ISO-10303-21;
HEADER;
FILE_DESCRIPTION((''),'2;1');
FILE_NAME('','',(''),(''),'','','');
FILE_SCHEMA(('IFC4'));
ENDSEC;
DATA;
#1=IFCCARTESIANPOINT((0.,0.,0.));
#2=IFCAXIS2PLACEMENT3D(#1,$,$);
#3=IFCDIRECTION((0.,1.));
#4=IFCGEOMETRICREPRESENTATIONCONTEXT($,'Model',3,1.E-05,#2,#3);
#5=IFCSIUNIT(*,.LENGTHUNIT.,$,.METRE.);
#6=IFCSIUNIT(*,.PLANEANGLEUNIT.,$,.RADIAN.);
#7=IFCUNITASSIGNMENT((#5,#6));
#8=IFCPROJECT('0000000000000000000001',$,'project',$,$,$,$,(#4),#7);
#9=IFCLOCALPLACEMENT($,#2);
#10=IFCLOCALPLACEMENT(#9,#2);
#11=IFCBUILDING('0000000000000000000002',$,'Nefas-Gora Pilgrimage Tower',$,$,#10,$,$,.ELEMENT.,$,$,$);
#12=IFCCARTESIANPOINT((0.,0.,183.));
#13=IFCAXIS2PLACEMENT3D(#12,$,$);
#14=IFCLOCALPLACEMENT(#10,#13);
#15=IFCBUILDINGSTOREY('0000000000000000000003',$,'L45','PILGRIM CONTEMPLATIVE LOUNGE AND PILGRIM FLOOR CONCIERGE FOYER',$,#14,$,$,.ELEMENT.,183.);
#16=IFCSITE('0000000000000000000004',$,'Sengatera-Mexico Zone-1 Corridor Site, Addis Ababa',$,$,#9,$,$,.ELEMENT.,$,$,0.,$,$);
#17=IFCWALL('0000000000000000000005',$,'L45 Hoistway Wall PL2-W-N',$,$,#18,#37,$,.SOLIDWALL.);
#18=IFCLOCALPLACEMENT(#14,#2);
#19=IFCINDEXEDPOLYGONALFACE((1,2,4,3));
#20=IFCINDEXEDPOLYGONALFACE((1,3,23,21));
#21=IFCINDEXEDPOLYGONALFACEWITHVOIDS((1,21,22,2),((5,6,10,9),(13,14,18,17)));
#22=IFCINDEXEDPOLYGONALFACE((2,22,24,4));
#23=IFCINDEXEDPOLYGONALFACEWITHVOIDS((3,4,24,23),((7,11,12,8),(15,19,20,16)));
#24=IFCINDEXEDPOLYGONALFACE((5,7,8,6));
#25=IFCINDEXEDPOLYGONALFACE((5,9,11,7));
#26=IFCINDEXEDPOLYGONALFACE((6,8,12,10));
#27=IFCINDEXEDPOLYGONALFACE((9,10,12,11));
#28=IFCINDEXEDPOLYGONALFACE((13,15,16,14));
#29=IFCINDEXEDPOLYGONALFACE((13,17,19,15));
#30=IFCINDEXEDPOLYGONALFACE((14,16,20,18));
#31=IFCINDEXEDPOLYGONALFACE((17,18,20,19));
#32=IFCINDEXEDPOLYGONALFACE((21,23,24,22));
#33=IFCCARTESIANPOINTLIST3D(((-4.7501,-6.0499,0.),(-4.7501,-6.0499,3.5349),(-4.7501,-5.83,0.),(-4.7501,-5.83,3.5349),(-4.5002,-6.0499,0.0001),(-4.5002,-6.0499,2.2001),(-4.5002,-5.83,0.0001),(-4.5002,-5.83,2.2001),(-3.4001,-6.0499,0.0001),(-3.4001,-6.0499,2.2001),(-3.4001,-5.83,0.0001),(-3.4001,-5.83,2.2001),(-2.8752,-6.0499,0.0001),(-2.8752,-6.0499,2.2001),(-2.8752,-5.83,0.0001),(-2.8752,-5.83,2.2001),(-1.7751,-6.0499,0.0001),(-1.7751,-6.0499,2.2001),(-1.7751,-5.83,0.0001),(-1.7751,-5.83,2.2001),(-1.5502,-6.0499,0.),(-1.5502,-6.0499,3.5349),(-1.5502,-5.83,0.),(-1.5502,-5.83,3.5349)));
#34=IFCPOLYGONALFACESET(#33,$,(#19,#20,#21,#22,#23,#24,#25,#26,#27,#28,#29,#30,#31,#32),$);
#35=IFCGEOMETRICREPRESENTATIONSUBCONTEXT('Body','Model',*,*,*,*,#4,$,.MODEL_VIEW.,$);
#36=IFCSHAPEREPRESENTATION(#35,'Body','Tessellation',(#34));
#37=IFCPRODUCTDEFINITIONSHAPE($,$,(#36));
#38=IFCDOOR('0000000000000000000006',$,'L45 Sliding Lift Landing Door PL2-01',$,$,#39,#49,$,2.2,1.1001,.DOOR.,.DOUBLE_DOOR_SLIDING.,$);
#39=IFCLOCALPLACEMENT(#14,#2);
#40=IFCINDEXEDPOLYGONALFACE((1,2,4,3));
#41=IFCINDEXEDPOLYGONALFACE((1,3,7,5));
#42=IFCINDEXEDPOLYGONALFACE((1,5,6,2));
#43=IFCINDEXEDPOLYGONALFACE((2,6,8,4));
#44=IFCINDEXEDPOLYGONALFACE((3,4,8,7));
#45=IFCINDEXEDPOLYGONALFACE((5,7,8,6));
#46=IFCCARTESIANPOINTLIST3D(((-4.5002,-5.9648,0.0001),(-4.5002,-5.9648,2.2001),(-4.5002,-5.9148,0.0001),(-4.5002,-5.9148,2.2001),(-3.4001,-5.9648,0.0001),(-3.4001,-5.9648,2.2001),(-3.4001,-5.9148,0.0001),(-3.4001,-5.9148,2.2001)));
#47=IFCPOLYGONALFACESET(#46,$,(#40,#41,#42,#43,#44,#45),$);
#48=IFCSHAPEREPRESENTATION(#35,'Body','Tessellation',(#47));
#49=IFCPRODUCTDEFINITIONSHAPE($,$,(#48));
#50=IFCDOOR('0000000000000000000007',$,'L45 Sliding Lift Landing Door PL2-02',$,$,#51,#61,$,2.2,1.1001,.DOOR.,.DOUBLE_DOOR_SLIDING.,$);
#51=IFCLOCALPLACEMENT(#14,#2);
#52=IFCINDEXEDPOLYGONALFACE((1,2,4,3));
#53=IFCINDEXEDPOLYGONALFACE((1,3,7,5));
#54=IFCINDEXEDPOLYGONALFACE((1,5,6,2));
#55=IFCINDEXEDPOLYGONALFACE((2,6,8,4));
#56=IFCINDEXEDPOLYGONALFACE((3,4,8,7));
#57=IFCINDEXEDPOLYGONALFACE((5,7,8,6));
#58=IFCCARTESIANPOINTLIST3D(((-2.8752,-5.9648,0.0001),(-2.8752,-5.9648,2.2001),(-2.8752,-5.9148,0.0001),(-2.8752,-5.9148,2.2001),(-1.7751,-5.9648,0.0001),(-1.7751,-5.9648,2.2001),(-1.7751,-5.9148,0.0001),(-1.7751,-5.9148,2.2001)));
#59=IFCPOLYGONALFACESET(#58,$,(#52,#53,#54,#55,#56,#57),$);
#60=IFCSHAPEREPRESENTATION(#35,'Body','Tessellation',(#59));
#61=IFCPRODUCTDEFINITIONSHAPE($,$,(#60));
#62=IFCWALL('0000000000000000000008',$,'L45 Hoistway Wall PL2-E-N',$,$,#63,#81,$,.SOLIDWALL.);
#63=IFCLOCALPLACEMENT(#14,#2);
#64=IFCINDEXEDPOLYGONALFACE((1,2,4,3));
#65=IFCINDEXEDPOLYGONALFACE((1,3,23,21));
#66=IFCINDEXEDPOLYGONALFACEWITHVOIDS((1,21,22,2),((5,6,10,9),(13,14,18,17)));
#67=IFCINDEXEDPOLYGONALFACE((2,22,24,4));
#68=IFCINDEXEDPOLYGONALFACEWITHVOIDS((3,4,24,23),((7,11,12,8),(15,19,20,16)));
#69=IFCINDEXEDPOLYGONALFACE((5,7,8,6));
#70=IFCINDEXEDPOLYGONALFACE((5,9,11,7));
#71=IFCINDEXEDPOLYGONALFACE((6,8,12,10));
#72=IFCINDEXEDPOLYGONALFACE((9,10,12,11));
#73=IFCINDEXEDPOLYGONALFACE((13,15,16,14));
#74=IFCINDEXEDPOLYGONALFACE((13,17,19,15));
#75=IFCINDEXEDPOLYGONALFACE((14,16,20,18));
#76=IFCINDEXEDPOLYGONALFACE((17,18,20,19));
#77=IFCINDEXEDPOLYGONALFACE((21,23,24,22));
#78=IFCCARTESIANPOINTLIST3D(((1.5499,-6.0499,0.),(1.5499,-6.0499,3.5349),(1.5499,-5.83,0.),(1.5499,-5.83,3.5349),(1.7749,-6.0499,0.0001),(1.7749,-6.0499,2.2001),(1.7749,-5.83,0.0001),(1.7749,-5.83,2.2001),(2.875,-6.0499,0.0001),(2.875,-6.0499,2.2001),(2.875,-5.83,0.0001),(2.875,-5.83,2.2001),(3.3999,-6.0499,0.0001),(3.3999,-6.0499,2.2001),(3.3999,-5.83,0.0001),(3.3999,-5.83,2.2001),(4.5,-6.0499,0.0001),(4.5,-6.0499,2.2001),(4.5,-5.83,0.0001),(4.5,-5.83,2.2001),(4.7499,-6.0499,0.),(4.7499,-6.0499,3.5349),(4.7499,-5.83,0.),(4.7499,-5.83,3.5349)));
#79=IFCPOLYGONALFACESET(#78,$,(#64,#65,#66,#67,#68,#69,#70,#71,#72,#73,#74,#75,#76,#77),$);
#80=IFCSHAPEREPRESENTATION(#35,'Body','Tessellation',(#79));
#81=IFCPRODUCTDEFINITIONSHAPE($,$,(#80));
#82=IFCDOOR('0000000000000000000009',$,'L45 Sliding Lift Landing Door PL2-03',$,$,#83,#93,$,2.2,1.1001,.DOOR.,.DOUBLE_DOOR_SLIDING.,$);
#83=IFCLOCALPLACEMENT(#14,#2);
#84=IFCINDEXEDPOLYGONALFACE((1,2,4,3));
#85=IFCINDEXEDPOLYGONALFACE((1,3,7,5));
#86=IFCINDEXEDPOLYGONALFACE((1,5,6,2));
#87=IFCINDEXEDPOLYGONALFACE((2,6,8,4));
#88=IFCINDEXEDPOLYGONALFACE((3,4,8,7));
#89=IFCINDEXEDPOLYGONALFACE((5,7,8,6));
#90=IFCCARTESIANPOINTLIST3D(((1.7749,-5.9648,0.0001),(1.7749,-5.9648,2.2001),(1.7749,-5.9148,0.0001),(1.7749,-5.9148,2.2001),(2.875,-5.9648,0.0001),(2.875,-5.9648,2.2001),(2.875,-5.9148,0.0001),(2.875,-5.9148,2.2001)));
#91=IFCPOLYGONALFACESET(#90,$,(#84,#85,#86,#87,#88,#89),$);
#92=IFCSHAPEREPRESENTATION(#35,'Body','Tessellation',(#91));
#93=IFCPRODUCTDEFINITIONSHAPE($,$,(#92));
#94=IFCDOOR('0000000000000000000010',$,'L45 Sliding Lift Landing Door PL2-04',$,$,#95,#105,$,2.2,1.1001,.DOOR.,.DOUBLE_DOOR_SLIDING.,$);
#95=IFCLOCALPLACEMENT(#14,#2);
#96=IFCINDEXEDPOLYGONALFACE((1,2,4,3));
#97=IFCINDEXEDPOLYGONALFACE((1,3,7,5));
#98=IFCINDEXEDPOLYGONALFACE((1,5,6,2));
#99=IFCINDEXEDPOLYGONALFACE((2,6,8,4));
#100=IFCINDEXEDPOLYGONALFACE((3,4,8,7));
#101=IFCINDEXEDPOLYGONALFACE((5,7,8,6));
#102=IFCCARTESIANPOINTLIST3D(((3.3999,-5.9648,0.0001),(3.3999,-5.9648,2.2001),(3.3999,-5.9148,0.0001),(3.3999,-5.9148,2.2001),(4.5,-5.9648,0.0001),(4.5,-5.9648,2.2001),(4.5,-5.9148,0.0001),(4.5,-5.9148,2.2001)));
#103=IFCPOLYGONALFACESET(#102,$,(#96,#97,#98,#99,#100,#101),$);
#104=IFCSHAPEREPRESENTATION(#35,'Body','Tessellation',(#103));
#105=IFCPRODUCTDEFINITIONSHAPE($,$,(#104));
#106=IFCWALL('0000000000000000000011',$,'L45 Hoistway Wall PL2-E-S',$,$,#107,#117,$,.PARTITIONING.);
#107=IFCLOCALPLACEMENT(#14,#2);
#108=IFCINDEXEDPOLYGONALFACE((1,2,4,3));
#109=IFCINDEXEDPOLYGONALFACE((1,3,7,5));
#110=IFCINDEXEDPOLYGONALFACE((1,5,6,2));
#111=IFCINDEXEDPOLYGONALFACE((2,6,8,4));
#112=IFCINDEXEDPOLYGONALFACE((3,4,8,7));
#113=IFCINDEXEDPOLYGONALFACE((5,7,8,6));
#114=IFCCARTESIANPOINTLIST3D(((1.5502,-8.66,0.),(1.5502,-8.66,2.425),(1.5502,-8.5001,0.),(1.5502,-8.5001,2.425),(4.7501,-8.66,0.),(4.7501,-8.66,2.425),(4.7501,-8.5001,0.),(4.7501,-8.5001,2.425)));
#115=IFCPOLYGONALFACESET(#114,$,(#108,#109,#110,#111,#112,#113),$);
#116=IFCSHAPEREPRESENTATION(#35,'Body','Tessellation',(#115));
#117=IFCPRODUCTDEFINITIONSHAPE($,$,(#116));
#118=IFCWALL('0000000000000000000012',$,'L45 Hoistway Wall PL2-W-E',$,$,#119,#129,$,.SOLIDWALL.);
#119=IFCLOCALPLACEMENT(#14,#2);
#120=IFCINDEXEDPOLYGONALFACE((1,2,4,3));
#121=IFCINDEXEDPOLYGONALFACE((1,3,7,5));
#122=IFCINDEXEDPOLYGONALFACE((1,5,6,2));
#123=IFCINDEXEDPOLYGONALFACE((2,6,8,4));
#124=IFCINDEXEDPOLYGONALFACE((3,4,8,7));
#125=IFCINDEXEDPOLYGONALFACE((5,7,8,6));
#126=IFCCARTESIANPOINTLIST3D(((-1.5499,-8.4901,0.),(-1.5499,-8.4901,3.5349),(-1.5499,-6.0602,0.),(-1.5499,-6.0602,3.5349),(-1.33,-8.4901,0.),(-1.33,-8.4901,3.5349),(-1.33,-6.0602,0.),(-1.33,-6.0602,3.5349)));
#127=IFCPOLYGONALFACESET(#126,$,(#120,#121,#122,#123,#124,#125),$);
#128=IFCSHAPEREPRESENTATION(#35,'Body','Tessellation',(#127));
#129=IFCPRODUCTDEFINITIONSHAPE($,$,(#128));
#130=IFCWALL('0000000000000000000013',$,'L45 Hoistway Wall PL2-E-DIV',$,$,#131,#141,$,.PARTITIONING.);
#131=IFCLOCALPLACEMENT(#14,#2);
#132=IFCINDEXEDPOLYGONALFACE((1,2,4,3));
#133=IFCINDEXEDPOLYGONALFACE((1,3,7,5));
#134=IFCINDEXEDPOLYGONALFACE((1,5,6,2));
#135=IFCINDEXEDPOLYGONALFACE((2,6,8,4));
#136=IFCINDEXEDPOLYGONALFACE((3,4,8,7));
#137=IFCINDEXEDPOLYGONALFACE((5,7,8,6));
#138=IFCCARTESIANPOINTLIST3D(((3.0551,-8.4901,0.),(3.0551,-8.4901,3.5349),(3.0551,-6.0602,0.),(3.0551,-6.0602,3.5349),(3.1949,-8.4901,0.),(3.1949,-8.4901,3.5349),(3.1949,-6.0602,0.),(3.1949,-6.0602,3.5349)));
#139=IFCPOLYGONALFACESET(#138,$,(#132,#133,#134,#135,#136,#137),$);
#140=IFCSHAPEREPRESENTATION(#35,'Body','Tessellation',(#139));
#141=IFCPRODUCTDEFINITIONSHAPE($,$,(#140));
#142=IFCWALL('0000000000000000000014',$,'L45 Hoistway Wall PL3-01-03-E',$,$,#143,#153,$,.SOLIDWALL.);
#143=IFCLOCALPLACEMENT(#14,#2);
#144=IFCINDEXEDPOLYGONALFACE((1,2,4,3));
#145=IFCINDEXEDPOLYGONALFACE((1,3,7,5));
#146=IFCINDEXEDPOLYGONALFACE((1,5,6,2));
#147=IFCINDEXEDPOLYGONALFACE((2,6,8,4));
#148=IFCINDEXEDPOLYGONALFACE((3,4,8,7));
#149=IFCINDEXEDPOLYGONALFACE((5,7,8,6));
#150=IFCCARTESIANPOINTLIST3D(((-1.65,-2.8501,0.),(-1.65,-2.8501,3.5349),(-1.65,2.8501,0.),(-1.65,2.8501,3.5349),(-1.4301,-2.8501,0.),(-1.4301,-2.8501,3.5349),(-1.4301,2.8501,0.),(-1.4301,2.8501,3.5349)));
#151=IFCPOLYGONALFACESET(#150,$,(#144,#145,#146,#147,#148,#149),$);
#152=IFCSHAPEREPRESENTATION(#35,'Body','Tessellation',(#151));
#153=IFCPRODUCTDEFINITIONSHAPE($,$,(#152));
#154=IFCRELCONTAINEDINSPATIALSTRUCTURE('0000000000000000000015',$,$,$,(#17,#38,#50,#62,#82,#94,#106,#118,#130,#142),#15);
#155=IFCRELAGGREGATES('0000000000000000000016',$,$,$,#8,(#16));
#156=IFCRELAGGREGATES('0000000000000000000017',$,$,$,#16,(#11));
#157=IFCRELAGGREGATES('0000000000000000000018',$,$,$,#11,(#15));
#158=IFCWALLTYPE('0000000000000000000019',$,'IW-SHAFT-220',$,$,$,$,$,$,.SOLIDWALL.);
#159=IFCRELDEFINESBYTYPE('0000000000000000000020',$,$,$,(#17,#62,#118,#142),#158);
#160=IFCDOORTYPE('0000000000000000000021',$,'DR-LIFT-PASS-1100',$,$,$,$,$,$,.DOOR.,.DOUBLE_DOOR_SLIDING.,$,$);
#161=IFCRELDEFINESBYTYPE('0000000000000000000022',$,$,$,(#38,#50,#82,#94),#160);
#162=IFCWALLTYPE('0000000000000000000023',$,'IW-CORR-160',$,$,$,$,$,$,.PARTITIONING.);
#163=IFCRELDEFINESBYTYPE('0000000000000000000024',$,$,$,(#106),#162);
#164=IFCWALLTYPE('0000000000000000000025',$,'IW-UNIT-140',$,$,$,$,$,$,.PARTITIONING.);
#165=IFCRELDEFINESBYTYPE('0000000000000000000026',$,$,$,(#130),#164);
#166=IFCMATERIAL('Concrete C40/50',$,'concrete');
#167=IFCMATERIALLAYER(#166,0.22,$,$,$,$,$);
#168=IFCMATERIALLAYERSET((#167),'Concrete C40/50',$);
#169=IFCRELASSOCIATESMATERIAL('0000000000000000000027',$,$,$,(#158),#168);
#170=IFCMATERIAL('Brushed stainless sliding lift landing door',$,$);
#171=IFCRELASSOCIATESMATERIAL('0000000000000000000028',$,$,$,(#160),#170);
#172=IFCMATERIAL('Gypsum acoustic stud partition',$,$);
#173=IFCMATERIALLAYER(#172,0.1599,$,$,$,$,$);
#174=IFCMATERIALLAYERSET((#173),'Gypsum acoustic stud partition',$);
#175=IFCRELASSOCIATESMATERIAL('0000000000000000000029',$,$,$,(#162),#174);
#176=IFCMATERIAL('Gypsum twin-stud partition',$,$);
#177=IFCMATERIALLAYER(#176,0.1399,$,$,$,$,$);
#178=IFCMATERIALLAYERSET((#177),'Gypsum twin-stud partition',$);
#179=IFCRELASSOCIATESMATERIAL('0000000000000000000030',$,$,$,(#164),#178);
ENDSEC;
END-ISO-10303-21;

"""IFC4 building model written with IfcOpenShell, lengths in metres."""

from ifc_helpers import new_model, si_unit, direction, frame, frame_2d, origin, place, context, subcontext, project, spatial, rectangle, extrude, source, transform, mapped, material, layer, layer_set, type_object, element, fill, save


model = new_model("IFC4")

# Units and contexts
model_context = context("Model", 3, precision=1e-05, world=origin(), true_north=direction((0.0, 1.0)))
body_context = subcontext(model_context, "Body", "Model", "MODEL_VIEW")
ifc_project = project(units=[si_unit("LENGTHUNIT", "METRE"), si_unit("PLANEANGLEUNIT", "RADIAN")], contexts=[model_context])

# Site, building, storey
site_placement = place(None, origin())
site = spatial("IfcSite", under=ifc_project, at=site_placement, Name="Sengatera-Mexico Zone-1 Corridor Site, Addis Ababa", CompositionType="ELEMENT", RefElevation=0.0)
building_placement = place(site_placement, origin())
building = spatial("IfcBuilding", under=site, at=building_placement, Name="Nefas-Gora Pilgrimage Tower", CompositionType="ELEMENT")
storey_placement = place(building_placement, frame((0.0, 0.0, 183.0)))
storey = spatial("IfcBuildingStorey", under=building, at=storey_placement, Name="L45", Description="PILGRIM CONTEMPLATIVE LOUNGE AND PILGRIM FLOOR CONCIERGE FOYER", CompositionType="ELEMENT", Elevation=183.0)

# Shared definitions
ifc_material_1 = material(Name="Concrete C40/50", Category="concrete")

# Shared definitions
ifc_layer_1 = layer(ifc_material_1, 0.22)
ifc_layer_set_1 = layer_set([ifc_layer_1], Name="Concrete C40/50")
wall_type_1 = type_object("IfcWallType", Name="IW-SHAFT-220", PredefinedType="SOLIDWALL", material=ifc_layer_set_1)

# Walls, openings, doors
shared_shape_1 = source(origin(), body_context, "Body", "SweptSolid", [
    extrude(rectangle(XDim=3.2, YDim=0.22, at=frame_2d((1.6001, 0.0))), origin(), (0.0, 0.0, 1.0), 3.5349),
])
wall_1_placement = place(storey_placement, frame((-1.55, -5.9399, 0.0), z_axis=(0.0, 0.0, 1.0), x_axis=(-1.0, 0.0, 0.0)))
wall_1 = element("IfcWall", 1, at=wall_1_placement, inside=storey, type_object=wall_type_1, Name="L45 Hoistway Wall PL2-W-N", PredefinedType="SOLIDWALL", context=body_context, shape_type="MappedRepresentation", body=[
    mapped(shared_shape_1, transform((0.0, 0.0, 0.0), x_axis=(1.0, 0.0, 0.0), y_axis=(0.0, 1.0, 0.0), z_axis=(0.0, 0.0, 1.0), scale=1.0)),
])
opening_1_placement = place(wall_1_placement, frame((1.8501, 0.0, 0.0)))
opening_1 = element("IfcOpeningElement", 2, at=opening_1_placement, cuts=wall_1, PredefinedType="OPENING", context=body_context, shape_type="SweptSolid", body=[
    extrude(rectangle(XDim=1.1001, YDim=2.2, at=frame_2d((0.55, 1.1001))), frame((0.0, 0.1199, 0.0), z_axis=(0.0, -1.0, 0.0), x_axis=(1.0, 0.0, 0.0)), (0.0, 0.0, 1.0), 0.24),
])
opening_2_placement = place(wall_1_placement, frame((0.2251, 0.0, 0.0)))
opening_2 = element("IfcOpeningElement", 3, at=opening_2_placement, cuts=wall_1, PredefinedType="OPENING", context=body_context, shape_type="SweptSolid", body=[
    extrude(rectangle(XDim=1.1001, YDim=2.2, at=frame_2d((0.55, 1.1001))), frame((0.0, 0.1199, 0.0), z_axis=(0.0, -1.0, 0.0), x_axis=(1.0, 0.0, 0.0)), (0.0, 0.0, 1.0), 0.24),
])
ifc_material_2 = material(Name="Brushed stainless sliding lift landing door")
door_type_1 = type_object("IfcDoorType", Name="DR-LIFT-PASS-1100", OperationType="DOUBLE_DOOR_SLIDING", PredefinedType="DOOR", material=ifc_material_2)
shared_shape_2 = source(origin(), body_context, "Body", "SweptSolid", [
    extrude(rectangle(XDim=1.1001, YDim=2.2, at=frame_2d((0.55, 1.1001))), frame((0.0, 0.0249, 0.0), z_axis=(0.0, -1.0, 0.0), x_axis=(1.0, 0.0, 0.0)), (0.0, 0.0, 1.0), 0.05),
])
door_1_placement = place(opening_1_placement, origin())
door_1 = element("IfcDoor", 4, at=door_1_placement, inside=storey, type_object=door_type_1, Name="L45 Sliding Lift Landing Door PL2-01", OperationType="DOUBLE_DOOR_SLIDING", OverallHeight=2.2, OverallWidth=1.1001, PredefinedType="DOOR", context=body_context, shape_type="MappedRepresentation", body=[
    mapped(shared_shape_2, transform((0.0, 0.0, 0.0), x_axis=(1.0, 0.0, 0.0), y_axis=(0.0, 1.0, 0.0), z_axis=(0.0, 0.0, 1.0), scale=1.0)),
])
fill(opening_1, door_1)
door_2_placement = place(opening_2_placement, origin())
door_2 = element("IfcDoor", 5, at=door_2_placement, inside=storey, type_object=door_type_1, Name="L45 Sliding Lift Landing Door PL2-02", OperationType="DOUBLE_DOOR_SLIDING", OverallHeight=2.2, OverallWidth=1.1001, PredefinedType="DOOR", context=body_context, shape_type="MappedRepresentation", body=[
    mapped(shared_shape_2, transform((0.0, 0.0, 0.0), x_axis=(1.0, 0.0, 0.0), y_axis=(0.0, 1.0, 0.0), z_axis=(0.0, 0.0, 1.0), scale=1.0)),
])
fill(opening_2, door_2)
wall_2_placement = place(storey_placement, frame((4.75, -5.9399, 0.0), z_axis=(0.0, 0.0, 1.0), x_axis=(-1.0, 0.0, 0.0)))
wall_2 = element("IfcWall", 6, at=wall_2_placement, inside=storey, type_object=wall_type_1, Name="L45 Hoistway Wall PL2-E-N", PredefinedType="SOLIDWALL", context=body_context, shape_type="MappedRepresentation", body=[
    mapped(shared_shape_1, transform((0.0, 0.0, 0.0), x_axis=(1.0, 0.0, 0.0), y_axis=(0.0, 1.0, 0.0), z_axis=(0.0, 0.0, 1.0), scale=1.0)),
])
opening_3_placement = place(wall_2_placement, frame((1.875, 0.0, 0.0)))
opening_3 = element("IfcOpeningElement", 7, at=opening_3_placement, cuts=wall_2, PredefinedType="OPENING", context=body_context, shape_type="SweptSolid", body=[
    extrude(rectangle(XDim=1.1001, YDim=2.2, at=frame_2d((0.55, 1.1001))), frame((0.0, 0.1199, 0.0), z_axis=(0.0, -1.0, 0.0), x_axis=(1.0, 0.0, 0.0)), (0.0, 0.0, 1.0), 0.24),
])
opening_4_placement = place(wall_2_placement, frame((0.25, 0.0, 0.0)))
opening_4 = element("IfcOpeningElement", 8, at=opening_4_placement, cuts=wall_2, PredefinedType="OPENING", context=body_context, shape_type="SweptSolid", body=[
    extrude(rectangle(XDim=1.1001, YDim=2.2, at=frame_2d((0.55, 1.1001))), frame((0.0, 0.1199, 0.0), z_axis=(0.0, -1.0, 0.0), x_axis=(1.0, 0.0, 0.0)), (0.0, 0.0, 1.0), 0.24),
])
door_3_placement = place(opening_3_placement, origin())
door_3 = element("IfcDoor", 9, at=door_3_placement, inside=storey, type_object=door_type_1, Name="L45 Sliding Lift Landing Door PL2-03", OperationType="DOUBLE_DOOR_SLIDING", OverallHeight=2.2, OverallWidth=1.1001, PredefinedType="DOOR", context=body_context, shape_type="MappedRepresentation", body=[
    mapped(shared_shape_2, transform((0.0, 0.0, 0.0), x_axis=(1.0, 0.0, 0.0), y_axis=(0.0, 1.0, 0.0), z_axis=(0.0, 0.0, 1.0), scale=1.0)),
])
fill(opening_3, door_3)
door_4_placement = place(opening_4_placement, origin())
door_4 = element("IfcDoor", 10, at=door_4_placement, inside=storey, type_object=door_type_1, Name="L45 Sliding Lift Landing Door PL2-04", OperationType="DOUBLE_DOOR_SLIDING", OverallHeight=2.2, OverallWidth=1.1001, PredefinedType="DOOR", context=body_context, shape_type="MappedRepresentation", body=[
    mapped(shared_shape_2, transform((0.0, 0.0, 0.0), x_axis=(1.0, 0.0, 0.0), y_axis=(0.0, 1.0, 0.0), z_axis=(0.0, 0.0, 1.0), scale=1.0)),
])
fill(opening_4, door_4)

# Walls
ifc_material_3 = material(Name="Gypsum acoustic stud partition")
ifc_layer_2 = layer(ifc_material_3, 0.1599)
ifc_layer_set_2 = layer_set([ifc_layer_2], Name="Gypsum acoustic stud partition")
wall_type_2 = type_object("IfcWallType", Name="IW-CORR-160", PredefinedType="PARTITIONING", material=ifc_layer_set_2)
shared_shape_3 = source(origin(), body_context, "Body", "SweptSolid", [
    extrude(rectangle(XDim=3.2, YDim=0.1599, at=frame_2d((1.6001, 0.0))), origin(), (0.0, 0.0, 1.0), 2.425),
])
wall_3_placement = place(storey_placement, frame((1.55, -8.5801, 0.0), z_axis=(0.0, 0.0, 1.0), x_axis=(1.0, 0.0, 0.0)))
element("IfcWall", 11, at=wall_3_placement, inside=storey, type_object=wall_type_2, Name="L45 Hoistway Wall PL2-E-S", PredefinedType="PARTITIONING", context=body_context, shape_type="MappedRepresentation", body=[
    mapped(shared_shape_3, transform((0.0, 0.0, 0.0), x_axis=(1.0, 0.0, 0.0), y_axis=(0.0, 1.0, 0.0), z_axis=(0.0, 0.0, 1.0), scale=1.0)),
])
shared_shape_4 = source(origin(), body_context, "Body", "SweptSolid", [
    extrude(rectangle(XDim=2.4299, YDim=0.22, at=frame_2d((1.2148, 0.0))), origin(), (0.0, 0.0, 1.0), 3.5349),
])
for number, where, z_axis, x_axis, name in (
    (12, (-1.4399, -8.49, 0.0), (0.0, 0.0, 1.0), (0.0, 1.0, 0.0), "L45 Hoistway Wall PL2-W-E"),
):
    element("IfcWall", number, at=place(storey_placement, frame(where, z_axis=z_axis, x_axis=x_axis)), inside=storey, type_object=wall_type_1, Name=name, PredefinedType="SOLIDWALL", context=body_context, shape_type="MappedRepresentation", body=[
        mapped(shared_shape_4, transform((0.0, 0.0, 0.0), x_axis=(1.0, 0.0, 0.0), y_axis=(0.0, 1.0, 0.0), z_axis=(0.0, 0.0, 1.0), scale=1.0)),
    ])
ifc_material_4 = material(Name="Gypsum twin-stud partition")
ifc_layer_3 = layer(ifc_material_4, 0.1399)
ifc_layer_set_3 = layer_set([ifc_layer_3], Name="Gypsum twin-stud partition")
wall_type_3 = type_object("IfcWallType", Name="IW-UNIT-140", PredefinedType="PARTITIONING", material=ifc_layer_set_3)
shared_shape_5 = source(origin(), body_context, "Body", "SweptSolid", [
    extrude(rectangle(XDim=2.4299, YDim=0.1399, at=frame_2d((1.2148, 0.0))), origin(), (0.0, 0.0, 1.0), 3.5349),
])
wall_4_placement = place(storey_placement, frame((3.125, -8.49, 0.0), z_axis=(0.0, 0.0, 1.0), x_axis=(0.0, 1.0, 0.0)))
element("IfcWall", 13, at=wall_4_placement, inside=storey, type_object=wall_type_3, Name="L45 Hoistway Wall PL2-E-DIV", PredefinedType="PARTITIONING", context=body_context, shape_type="MappedRepresentation", body=[
    mapped(shared_shape_5, transform((0.0, 0.0, 0.0), x_axis=(1.0, 0.0, 0.0), y_axis=(0.0, 1.0, 0.0), z_axis=(0.0, 0.0, 1.0), scale=1.0)),
])
shared_shape_6 = source(origin(), body_context, "Body", "SweptSolid", [
    extrude(rectangle(XDim=5.7002, YDim=0.22, at=frame_2d((2.8501, 0.0))), origin(), (0.0, 0.0, 1.0), 3.5349),
])
wall_5_placement = place(storey_placement, frame((-1.54, -2.8501, 0.0), z_axis=(0.0, 0.0, 1.0), x_axis=(0.0, 1.0, 0.0)))
element("IfcWall", 14, at=wall_5_placement, inside=storey, type_object=wall_type_1, Name="L45 Hoistway Wall PL3-01-03-E", PredefinedType="SOLIDWALL", context=body_context, shape_type="MappedRepresentation", body=[
    mapped(shared_shape_6, transform((0.0, 0.0, 0.0), x_axis=(1.0, 0.0, 0.0), y_axis=(0.0, 1.0, 0.0), z_axis=(0.0, 0.0, 1.0), scale=1.0)),
])

save(model, "model.ifc")
